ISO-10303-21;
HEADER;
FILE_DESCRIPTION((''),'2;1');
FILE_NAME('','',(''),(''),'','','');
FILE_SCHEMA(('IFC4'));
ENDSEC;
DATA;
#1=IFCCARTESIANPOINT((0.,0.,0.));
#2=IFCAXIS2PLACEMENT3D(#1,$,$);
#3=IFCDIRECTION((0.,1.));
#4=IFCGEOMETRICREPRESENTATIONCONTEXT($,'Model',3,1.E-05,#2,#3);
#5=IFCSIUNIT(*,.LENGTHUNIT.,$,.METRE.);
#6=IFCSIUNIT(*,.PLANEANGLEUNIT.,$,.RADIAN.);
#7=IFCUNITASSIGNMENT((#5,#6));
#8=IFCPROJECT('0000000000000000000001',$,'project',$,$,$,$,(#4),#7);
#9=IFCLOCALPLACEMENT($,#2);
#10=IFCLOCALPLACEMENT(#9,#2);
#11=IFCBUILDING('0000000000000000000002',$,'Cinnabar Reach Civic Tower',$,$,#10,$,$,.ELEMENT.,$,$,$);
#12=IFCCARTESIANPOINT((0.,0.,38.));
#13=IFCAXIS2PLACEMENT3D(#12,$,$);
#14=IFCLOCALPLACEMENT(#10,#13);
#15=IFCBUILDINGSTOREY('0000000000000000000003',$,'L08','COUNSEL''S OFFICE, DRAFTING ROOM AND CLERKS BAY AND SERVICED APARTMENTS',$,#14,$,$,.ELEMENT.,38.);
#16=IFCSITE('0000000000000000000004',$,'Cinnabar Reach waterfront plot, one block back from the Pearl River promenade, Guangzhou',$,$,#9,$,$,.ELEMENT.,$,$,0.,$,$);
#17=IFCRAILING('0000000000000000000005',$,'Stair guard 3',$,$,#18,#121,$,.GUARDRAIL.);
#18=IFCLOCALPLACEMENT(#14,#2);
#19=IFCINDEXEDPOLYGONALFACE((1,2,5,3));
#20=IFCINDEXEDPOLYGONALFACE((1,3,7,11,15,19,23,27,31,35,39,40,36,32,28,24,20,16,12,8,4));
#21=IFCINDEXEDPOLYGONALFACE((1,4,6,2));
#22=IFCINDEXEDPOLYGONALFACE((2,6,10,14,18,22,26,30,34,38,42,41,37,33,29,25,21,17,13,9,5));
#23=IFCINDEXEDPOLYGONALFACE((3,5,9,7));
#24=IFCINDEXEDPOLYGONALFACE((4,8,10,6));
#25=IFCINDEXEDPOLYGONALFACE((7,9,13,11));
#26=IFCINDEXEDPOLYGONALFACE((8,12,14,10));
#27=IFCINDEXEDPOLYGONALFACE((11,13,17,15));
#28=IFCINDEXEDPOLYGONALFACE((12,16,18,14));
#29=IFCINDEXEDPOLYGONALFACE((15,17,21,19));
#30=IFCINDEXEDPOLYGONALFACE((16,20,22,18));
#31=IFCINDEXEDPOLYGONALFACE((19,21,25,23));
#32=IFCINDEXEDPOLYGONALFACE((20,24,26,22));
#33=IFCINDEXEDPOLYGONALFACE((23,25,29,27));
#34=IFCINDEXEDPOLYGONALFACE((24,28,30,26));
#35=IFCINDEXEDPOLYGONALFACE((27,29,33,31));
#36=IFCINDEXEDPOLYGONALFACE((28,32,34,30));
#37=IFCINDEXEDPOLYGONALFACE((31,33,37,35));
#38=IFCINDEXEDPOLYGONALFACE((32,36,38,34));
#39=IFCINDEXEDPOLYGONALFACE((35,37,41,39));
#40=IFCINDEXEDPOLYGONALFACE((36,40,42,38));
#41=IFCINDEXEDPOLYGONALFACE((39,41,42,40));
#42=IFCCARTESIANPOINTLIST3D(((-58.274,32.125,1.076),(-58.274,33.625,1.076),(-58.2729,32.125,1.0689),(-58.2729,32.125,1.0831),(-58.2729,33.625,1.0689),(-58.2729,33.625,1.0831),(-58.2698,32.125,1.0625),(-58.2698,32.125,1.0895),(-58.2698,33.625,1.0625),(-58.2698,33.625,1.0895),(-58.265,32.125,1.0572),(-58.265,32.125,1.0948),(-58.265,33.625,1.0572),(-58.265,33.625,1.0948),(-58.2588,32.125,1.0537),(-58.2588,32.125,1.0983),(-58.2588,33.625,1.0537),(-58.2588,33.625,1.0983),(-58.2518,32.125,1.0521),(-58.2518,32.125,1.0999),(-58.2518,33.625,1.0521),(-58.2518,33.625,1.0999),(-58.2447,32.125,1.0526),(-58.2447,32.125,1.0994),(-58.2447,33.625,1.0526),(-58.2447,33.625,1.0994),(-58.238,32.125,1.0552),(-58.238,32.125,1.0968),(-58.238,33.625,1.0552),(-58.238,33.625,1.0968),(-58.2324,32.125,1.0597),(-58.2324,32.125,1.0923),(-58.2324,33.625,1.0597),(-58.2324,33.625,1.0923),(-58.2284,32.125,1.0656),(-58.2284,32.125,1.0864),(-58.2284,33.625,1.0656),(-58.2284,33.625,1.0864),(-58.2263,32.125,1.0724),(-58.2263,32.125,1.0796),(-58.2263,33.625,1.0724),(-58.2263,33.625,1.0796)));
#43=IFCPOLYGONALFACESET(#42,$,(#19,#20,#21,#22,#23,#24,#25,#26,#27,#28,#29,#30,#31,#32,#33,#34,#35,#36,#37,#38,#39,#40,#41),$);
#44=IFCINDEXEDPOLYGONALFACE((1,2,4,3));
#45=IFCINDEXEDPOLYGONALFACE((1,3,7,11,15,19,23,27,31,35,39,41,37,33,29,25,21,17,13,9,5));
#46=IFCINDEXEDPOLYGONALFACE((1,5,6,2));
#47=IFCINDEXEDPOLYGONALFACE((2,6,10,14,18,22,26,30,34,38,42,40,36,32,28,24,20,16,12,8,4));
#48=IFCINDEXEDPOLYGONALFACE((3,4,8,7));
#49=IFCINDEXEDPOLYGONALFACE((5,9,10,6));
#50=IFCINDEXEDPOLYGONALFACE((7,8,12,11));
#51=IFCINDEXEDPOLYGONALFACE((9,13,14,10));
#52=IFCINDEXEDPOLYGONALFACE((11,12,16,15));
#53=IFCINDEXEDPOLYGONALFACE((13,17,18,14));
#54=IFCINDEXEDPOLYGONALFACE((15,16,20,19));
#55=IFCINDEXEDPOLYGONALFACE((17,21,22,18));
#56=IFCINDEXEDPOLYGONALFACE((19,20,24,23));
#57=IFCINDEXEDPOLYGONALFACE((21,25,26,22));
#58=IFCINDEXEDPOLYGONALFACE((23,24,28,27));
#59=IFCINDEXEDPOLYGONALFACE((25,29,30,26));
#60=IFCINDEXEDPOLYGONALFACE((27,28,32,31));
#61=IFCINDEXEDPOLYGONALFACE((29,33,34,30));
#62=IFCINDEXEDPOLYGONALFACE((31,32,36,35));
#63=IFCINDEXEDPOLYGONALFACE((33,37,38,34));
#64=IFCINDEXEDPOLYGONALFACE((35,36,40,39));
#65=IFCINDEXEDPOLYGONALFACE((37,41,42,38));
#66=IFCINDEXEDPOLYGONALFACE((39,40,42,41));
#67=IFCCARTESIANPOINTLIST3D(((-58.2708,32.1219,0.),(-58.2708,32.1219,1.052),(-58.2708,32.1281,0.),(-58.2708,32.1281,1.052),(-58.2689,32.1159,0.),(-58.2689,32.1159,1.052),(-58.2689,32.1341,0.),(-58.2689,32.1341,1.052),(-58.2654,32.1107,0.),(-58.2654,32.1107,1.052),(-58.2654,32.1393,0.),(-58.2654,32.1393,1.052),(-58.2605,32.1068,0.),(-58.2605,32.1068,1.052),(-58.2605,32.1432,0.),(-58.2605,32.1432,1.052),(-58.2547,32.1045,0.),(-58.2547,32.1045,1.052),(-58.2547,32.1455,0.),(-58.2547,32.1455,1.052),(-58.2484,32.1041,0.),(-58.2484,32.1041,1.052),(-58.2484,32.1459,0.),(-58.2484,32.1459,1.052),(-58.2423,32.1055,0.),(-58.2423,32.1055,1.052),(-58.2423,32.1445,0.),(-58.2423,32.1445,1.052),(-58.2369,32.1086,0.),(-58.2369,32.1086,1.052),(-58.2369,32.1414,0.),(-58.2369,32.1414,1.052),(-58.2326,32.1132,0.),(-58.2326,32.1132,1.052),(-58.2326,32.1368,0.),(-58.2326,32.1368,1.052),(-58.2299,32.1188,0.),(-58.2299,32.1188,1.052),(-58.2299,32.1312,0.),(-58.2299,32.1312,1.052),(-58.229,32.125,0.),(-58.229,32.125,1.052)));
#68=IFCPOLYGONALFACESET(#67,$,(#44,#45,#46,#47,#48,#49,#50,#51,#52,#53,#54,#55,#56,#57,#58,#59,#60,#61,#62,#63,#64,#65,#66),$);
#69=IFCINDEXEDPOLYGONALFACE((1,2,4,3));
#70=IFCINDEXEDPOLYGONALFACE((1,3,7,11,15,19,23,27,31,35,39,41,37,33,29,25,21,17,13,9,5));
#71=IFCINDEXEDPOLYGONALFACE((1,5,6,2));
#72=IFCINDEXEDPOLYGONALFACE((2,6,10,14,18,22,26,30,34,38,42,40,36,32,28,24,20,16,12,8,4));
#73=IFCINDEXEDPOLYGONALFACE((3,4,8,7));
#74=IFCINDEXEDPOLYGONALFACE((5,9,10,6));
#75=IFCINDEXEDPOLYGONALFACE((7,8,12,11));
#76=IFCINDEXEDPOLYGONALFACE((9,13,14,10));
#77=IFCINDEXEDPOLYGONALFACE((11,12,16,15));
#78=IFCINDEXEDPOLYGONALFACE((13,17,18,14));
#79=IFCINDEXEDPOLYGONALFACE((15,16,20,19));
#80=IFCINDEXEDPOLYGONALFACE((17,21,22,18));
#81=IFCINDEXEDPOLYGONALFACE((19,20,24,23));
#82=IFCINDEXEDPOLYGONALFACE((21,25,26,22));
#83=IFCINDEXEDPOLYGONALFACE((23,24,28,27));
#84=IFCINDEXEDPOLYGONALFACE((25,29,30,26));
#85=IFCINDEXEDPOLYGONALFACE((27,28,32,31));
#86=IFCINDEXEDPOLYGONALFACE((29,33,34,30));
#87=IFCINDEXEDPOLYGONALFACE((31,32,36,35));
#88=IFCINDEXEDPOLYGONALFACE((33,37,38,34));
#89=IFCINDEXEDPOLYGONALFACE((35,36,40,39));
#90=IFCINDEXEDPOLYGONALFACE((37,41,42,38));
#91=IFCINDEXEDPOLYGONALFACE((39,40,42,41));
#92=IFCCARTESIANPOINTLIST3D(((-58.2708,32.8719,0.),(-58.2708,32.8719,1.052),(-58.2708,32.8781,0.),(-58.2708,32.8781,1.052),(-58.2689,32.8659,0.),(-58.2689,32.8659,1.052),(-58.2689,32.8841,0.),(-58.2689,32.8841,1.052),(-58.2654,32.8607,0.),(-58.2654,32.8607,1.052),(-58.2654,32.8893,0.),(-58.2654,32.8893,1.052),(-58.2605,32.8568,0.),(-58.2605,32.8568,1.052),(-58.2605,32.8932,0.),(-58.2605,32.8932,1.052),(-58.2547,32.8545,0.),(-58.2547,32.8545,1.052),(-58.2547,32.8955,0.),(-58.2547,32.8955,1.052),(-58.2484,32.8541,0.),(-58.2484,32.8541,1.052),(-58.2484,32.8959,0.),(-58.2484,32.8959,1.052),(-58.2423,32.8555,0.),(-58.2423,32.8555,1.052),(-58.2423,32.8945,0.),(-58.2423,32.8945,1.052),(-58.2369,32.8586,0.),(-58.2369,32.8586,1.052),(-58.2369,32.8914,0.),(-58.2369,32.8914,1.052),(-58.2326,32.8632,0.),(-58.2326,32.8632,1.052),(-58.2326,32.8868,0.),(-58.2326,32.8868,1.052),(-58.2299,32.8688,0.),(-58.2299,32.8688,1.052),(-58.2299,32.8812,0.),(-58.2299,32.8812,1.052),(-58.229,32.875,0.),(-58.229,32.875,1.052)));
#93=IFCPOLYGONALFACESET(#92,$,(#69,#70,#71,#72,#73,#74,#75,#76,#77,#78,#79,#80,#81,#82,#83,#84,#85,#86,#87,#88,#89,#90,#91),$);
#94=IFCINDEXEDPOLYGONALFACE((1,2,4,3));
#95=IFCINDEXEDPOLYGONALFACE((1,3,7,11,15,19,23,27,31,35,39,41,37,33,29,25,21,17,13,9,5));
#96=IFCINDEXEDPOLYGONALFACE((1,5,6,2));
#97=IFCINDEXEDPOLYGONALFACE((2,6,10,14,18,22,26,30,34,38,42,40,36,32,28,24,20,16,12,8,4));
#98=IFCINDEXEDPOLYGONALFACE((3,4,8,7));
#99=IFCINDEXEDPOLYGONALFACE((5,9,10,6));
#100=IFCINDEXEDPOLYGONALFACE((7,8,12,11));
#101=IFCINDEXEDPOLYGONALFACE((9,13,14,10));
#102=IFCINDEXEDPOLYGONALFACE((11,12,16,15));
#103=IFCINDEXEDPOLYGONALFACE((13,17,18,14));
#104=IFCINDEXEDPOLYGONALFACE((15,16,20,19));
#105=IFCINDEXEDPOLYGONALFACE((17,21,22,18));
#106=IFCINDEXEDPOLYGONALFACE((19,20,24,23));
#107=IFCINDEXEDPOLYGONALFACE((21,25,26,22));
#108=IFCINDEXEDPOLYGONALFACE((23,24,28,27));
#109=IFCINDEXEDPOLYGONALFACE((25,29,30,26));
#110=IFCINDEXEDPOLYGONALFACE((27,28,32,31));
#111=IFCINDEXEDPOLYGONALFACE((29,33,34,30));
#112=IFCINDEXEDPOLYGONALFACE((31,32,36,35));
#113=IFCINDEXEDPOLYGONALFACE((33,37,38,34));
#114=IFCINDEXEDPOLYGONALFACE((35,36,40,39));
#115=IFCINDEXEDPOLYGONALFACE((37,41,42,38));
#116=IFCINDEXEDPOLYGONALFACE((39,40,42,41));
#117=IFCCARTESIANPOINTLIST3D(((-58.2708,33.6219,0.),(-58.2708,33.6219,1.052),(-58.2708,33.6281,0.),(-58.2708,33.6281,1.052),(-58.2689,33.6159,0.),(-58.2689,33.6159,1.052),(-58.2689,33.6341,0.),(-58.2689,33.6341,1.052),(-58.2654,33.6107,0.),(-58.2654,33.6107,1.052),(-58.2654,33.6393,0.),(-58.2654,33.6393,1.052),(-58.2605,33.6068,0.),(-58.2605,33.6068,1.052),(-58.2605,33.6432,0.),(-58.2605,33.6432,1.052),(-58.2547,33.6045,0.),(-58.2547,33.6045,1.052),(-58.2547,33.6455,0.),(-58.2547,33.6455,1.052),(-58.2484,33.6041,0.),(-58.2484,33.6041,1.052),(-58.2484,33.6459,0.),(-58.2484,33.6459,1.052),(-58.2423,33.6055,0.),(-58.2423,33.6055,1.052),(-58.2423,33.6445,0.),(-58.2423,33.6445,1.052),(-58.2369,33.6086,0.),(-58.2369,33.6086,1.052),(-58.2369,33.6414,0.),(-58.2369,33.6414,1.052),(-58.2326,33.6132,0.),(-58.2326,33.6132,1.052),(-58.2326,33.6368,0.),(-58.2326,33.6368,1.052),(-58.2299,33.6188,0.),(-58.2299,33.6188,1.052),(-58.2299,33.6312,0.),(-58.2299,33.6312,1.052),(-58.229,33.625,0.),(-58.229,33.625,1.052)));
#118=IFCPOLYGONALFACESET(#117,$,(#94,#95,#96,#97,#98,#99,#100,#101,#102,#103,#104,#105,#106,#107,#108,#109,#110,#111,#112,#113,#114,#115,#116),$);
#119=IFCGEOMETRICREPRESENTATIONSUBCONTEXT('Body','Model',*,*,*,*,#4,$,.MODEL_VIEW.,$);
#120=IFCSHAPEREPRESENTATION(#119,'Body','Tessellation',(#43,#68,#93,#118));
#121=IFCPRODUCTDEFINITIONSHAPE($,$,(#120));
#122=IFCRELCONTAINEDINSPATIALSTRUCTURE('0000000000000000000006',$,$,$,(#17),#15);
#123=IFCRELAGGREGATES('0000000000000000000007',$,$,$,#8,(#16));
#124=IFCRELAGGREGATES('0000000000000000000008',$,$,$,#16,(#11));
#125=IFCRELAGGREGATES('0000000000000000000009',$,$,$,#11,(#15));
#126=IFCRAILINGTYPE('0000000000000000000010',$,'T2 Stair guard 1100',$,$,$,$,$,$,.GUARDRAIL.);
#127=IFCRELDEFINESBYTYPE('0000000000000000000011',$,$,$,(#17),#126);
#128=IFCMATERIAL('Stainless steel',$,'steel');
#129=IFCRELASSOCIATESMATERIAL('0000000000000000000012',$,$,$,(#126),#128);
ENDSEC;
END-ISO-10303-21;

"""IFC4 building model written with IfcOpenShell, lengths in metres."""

from ifc_helpers import new_model, si_unit, direction, frame, origin, origin_2d, place, context, subcontext, project, spatial, circle, extrude, material, type_object, element, save


model = new_model("IFC4")

# Units and contexts
model_context = context("Model", 3, precision=1e-05, world=origin(), true_north=direction((0.0, 1.0)))
body_context = subcontext(model_context, "Body", "Model", "MODEL_VIEW")
ifc_project = project(units=[si_unit("LENGTHUNIT", "METRE"), si_unit("PLANEANGLEUNIT", "RADIAN")], contexts=[model_context])

# Site, building, storey
site_placement = place(None, origin())
site = spatial("IfcSite", under=ifc_project, at=site_placement, Name="Cinnabar Reach waterfront plot, one block back from the Pearl River promenade, Guangzhou", CompositionType="ELEMENT", RefElevation=0.0)
building_placement = place(site_placement, origin())
building = spatial("IfcBuilding", under=site, at=building_placement, Name="Cinnabar Reach Civic Tower", CompositionType="ELEMENT")
storey_placement = place(building_placement, frame((0.0, 0.0, 38.0)))
storey = spatial("IfcBuildingStorey", under=building, at=storey_placement, Name="L08", Description="COUNSEL'S OFFICE, DRAFTING ROOM AND CLERKS BAY AND SERVICED APARTMENTS", CompositionType="ELEMENT", Elevation=38.0)

# Railing
ifc_material_1 = material(Name="Stainless steel", Category="steel")
railing_type = type_object("IfcRailingType", Name="T2 Stair guard 1100", PredefinedType="GUARDRAIL", material=ifc_material_1)
railing_1_placement = place(storey_placement, frame((-58.25, 32.125, 0.0)))
element("IfcRailing", 1, at=railing_1_placement, inside=storey, type_object=railing_type, Name="Stair guard 3", PredefinedType="GUARDRAIL", context=body_context, shape_type="SweptSolid", body=[
    extrude(circle(Radius=0.024, at=origin_2d()), frame((0.0, 0.0, 1.076), z_axis=(0.0, 1.0, 0.0), x_axis=(-1.0, 0.0, 0.0)), (0.0, 0.0, 1.0), 1.5),
    extrude(circle(Radius=0.021, at=origin_2d()), origin(), (0.0, 0.0, 1.0), 1.052),
    extrude(circle(Radius=0.021, at=origin_2d()), frame((0.0, 0.75, 0.0)), (0.0, 0.0, 1.0), 1.052),
    extrude(circle(Radius=0.021, at=origin_2d()), frame((0.0, 1.5, 0.0)), (0.0, 0.0, 1.0), 1.052),
])

save(model, "model.ifc")
